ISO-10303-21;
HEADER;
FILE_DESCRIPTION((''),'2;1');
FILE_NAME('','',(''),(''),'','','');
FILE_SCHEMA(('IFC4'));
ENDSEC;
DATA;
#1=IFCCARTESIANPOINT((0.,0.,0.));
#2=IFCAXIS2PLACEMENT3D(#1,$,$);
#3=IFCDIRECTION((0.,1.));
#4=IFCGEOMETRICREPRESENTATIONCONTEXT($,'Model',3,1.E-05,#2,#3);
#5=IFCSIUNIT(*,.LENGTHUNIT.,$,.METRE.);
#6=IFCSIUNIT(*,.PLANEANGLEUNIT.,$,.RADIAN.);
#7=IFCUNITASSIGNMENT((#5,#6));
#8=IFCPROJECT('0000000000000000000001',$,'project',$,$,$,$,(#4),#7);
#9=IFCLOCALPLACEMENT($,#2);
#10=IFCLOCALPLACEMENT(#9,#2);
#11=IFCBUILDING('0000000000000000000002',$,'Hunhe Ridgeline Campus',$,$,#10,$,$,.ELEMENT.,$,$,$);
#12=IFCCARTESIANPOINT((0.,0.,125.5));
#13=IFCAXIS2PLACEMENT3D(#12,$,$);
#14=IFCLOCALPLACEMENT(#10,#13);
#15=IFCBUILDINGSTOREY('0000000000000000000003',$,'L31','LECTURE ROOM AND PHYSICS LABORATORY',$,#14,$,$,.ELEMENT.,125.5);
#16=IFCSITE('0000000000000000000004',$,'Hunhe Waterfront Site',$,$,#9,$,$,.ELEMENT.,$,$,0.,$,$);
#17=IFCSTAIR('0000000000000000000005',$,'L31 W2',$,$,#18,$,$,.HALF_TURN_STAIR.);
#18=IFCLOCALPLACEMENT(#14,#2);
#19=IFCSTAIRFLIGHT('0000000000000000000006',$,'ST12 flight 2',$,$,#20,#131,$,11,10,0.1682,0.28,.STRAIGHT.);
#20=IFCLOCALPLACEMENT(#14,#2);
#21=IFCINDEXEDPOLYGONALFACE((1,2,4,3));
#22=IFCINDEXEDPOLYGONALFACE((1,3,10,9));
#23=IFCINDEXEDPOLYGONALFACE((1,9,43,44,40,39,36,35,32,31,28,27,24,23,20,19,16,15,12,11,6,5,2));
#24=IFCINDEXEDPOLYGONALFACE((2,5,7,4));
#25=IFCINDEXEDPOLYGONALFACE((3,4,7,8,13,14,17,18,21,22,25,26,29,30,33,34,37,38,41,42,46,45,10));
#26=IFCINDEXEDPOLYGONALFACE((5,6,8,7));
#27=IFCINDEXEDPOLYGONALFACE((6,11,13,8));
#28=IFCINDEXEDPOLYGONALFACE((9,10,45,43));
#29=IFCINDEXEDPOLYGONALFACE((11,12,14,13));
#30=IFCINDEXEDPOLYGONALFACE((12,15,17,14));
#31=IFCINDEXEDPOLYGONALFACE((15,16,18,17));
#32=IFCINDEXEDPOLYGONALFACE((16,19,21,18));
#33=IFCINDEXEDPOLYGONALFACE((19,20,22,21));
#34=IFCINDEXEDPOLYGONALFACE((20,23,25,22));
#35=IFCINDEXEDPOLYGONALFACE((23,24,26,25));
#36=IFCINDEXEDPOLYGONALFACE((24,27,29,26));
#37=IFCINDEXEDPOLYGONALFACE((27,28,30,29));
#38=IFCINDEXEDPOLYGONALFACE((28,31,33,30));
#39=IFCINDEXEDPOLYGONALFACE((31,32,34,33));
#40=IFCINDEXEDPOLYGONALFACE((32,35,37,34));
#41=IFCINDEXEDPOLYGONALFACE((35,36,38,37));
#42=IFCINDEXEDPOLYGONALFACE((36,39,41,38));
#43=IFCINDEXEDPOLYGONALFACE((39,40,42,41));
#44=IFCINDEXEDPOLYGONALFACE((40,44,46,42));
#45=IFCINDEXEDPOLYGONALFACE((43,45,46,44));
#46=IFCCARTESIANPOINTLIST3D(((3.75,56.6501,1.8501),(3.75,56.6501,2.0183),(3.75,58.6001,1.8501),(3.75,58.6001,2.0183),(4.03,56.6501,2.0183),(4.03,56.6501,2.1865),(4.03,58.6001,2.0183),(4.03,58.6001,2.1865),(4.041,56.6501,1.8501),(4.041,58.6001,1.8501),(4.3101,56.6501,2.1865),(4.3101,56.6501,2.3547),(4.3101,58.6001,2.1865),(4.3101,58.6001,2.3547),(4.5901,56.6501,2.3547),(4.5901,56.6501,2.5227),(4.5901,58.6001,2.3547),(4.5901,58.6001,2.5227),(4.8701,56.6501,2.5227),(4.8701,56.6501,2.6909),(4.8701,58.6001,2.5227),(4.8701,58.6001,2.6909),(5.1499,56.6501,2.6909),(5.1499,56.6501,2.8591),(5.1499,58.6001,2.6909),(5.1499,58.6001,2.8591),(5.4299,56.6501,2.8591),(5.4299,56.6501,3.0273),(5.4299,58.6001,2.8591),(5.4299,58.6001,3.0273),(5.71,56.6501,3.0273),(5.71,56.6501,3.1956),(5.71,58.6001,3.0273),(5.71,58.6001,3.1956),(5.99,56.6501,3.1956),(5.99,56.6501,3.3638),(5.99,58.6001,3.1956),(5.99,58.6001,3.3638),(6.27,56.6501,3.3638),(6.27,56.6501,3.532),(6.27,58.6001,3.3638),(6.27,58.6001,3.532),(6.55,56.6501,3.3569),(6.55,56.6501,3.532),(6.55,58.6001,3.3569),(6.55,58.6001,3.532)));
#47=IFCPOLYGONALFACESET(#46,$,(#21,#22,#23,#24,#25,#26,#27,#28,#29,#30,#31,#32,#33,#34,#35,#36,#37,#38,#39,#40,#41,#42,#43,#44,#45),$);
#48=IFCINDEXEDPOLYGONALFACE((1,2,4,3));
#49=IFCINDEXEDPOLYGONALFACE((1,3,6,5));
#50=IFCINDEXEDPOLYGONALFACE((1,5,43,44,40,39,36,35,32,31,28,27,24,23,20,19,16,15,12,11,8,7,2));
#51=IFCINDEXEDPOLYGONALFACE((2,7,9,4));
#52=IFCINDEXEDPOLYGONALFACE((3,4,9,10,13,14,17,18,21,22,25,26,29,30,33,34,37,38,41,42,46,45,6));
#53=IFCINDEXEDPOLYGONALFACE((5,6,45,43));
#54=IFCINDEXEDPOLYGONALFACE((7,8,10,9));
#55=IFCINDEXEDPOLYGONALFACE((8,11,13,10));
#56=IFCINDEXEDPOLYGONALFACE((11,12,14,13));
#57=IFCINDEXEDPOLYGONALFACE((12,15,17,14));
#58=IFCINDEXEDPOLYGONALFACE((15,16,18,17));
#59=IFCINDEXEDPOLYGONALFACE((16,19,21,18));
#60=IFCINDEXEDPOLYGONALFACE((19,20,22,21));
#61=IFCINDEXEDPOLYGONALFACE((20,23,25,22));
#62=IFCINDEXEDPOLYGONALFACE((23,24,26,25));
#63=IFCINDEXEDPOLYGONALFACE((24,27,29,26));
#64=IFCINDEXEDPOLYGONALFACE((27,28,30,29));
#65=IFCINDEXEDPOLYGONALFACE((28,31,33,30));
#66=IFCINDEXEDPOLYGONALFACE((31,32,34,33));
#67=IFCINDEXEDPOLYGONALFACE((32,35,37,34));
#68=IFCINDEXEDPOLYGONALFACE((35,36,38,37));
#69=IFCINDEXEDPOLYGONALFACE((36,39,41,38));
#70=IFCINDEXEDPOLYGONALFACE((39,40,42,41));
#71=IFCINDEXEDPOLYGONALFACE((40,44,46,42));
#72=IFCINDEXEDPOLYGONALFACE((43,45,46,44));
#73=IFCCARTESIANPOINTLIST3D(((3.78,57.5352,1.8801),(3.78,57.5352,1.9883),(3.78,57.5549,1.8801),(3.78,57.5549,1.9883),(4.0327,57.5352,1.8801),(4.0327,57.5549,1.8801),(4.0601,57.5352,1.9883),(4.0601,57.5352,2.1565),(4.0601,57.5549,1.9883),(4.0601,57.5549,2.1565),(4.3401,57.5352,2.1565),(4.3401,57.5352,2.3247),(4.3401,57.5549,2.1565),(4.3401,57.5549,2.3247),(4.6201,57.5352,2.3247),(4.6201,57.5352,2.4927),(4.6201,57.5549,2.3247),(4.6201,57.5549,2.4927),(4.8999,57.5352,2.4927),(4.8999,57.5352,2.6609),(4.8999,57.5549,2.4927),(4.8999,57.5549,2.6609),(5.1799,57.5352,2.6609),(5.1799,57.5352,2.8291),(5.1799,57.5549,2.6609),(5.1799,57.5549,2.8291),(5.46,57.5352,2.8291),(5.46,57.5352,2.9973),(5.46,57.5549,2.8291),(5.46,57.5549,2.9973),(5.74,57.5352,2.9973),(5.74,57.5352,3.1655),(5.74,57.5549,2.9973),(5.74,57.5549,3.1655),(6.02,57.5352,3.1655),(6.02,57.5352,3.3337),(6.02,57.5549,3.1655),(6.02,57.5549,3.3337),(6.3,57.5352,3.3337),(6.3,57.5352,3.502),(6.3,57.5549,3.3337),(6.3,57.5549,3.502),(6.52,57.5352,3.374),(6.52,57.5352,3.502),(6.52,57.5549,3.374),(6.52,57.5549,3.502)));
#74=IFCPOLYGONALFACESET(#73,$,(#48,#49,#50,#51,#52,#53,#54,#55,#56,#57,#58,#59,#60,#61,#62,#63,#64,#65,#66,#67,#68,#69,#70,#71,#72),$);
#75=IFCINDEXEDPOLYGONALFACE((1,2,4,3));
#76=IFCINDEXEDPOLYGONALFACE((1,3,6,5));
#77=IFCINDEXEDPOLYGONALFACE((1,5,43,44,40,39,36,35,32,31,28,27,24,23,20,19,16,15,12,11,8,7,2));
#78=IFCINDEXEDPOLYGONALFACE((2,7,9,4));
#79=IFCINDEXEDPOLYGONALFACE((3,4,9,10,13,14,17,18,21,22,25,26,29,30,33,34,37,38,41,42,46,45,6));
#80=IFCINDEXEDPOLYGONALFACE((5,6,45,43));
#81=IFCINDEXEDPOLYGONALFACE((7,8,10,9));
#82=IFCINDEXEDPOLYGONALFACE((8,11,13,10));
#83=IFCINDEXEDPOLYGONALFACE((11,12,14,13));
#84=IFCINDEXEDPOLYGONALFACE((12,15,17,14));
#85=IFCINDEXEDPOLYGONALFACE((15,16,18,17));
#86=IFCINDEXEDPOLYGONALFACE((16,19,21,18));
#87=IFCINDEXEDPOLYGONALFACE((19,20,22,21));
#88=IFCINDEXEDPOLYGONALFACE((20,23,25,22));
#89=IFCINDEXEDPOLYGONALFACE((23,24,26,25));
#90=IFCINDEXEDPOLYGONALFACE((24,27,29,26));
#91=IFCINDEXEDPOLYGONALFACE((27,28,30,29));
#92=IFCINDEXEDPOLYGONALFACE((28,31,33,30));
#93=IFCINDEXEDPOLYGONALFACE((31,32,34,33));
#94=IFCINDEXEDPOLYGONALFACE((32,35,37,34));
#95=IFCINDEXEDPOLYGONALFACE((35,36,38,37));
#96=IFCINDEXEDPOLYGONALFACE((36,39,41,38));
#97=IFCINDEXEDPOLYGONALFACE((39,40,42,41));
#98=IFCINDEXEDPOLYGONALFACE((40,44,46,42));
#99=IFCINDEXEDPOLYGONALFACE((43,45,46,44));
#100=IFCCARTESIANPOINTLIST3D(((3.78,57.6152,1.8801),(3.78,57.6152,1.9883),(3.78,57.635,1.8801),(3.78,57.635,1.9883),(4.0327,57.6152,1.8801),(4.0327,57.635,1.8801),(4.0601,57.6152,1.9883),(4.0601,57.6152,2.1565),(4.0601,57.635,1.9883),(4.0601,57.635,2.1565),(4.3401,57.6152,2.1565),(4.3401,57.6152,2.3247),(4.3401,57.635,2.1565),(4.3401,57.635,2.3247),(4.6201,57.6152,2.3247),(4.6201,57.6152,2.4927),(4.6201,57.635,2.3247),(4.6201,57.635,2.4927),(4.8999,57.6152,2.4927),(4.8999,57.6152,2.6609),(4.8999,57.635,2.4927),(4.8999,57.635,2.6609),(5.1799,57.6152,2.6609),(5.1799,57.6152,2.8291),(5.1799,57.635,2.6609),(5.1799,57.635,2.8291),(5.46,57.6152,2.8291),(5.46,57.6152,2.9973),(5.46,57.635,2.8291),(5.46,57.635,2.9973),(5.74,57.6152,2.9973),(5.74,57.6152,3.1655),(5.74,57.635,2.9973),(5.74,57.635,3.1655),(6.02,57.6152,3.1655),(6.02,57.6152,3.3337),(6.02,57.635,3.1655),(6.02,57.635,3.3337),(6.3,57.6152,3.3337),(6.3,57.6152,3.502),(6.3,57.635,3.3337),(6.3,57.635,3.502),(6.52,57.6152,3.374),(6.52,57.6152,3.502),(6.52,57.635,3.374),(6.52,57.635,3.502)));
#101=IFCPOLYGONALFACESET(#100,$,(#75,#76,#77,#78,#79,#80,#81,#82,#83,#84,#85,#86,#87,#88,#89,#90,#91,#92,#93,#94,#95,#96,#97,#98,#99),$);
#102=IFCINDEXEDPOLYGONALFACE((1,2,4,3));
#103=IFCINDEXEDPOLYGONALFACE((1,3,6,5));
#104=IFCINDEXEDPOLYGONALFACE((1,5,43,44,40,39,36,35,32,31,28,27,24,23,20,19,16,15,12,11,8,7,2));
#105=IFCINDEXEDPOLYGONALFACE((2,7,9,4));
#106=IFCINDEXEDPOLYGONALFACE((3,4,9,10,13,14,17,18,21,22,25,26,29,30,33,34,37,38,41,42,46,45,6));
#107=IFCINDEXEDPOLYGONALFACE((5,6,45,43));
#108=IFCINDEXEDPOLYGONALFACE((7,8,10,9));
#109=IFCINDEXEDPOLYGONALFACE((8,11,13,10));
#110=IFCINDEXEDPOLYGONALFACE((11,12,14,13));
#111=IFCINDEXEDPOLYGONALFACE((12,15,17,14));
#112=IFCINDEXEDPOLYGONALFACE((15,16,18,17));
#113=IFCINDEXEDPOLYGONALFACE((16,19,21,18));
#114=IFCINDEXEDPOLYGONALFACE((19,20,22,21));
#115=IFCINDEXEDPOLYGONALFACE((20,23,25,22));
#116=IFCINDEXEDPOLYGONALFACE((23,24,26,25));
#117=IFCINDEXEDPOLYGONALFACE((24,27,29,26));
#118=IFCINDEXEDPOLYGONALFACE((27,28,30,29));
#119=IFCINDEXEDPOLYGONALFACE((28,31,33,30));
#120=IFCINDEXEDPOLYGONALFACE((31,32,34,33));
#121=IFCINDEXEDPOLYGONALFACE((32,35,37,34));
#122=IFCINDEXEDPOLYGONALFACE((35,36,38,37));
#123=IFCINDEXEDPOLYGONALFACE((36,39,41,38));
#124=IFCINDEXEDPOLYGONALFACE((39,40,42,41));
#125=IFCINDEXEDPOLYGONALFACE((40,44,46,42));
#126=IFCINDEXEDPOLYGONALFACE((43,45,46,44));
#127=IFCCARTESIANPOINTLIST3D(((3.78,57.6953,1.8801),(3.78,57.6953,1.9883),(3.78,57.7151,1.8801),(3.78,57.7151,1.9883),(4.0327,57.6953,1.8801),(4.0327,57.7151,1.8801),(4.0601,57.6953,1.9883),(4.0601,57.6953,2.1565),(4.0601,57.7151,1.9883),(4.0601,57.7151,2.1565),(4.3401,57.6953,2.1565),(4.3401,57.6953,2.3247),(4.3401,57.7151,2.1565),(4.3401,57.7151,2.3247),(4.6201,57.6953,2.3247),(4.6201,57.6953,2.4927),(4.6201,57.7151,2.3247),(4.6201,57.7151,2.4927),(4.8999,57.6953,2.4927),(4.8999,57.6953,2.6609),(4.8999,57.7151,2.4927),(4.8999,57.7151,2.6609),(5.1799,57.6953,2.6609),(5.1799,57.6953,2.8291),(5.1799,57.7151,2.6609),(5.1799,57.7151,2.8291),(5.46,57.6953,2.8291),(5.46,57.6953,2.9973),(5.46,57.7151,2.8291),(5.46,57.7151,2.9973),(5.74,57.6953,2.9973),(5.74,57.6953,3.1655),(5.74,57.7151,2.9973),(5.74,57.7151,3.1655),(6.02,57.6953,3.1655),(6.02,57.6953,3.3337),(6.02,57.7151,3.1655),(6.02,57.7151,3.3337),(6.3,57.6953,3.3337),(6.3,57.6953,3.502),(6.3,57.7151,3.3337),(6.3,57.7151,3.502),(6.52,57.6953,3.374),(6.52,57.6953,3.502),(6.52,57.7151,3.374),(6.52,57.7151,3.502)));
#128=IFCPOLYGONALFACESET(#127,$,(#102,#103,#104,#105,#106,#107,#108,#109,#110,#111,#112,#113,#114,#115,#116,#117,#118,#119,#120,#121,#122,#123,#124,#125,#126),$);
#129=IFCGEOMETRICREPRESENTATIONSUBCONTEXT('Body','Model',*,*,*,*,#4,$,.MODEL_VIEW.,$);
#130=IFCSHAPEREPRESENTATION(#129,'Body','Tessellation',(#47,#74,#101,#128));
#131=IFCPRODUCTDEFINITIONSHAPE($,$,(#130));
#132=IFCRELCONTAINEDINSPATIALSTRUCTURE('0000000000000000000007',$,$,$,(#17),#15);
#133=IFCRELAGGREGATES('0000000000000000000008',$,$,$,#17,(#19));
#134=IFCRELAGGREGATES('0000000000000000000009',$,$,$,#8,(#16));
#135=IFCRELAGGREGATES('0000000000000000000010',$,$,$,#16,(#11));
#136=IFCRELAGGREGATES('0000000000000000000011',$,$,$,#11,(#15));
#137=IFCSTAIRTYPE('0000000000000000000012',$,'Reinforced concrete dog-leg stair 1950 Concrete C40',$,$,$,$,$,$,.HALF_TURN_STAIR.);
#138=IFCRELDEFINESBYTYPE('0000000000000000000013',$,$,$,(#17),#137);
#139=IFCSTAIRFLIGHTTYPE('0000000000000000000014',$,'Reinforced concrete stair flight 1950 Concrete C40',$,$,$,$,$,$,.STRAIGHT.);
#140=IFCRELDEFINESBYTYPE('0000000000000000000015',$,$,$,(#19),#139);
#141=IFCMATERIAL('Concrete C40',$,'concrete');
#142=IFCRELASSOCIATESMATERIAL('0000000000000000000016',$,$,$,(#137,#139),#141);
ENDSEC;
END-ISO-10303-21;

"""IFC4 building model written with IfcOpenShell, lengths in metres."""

from ifc_helpers import new_model, si_unit, direction, frame, origin, place, context, subcontext, project, spatial, polyline, outline, extrude, material, type_object, element, aggregate, save


model = new_model("IFC4")

# Units and contexts
model_context = context("Model", 3, precision=1e-05, world=origin(), true_north=direction((0.0, 1.0)))
body_context = subcontext(model_context, "Body", "Model", "MODEL_VIEW")
ifc_project = project(units=[si_unit("LENGTHUNIT", "METRE"), si_unit("PLANEANGLEUNIT", "RADIAN")], contexts=[model_context])

# Site, building, storey
site_placement = place(None, origin())
site = spatial("IfcSite", under=ifc_project, at=site_placement, Name="Hunhe Waterfront Site", CompositionType="ELEMENT", RefElevation=0.0)
building_placement = place(site_placement, origin())
building = spatial("IfcBuilding", under=site, at=building_placement, Name="Hunhe Ridgeline Campus", CompositionType="ELEMENT")
storey_placement = place(building_placement, frame((0.0, 0.0, 125.5)))
storey = spatial("IfcBuildingStorey", under=building, at=storey_placement, Name="L31", Description="LECTURE ROOM AND PHYSICS LABORATORY", CompositionType="ELEMENT", Elevation=125.5)

# Stair, stair flight
ifc_material_1 = material(Name="Concrete C40", Category="concrete")
stair_type = type_object("IfcStairType", Name="Reinforced concrete dog-leg stair 1950 Concrete C40", PredefinedType="HALF_TURN_STAIR", material=ifc_material_1)
stair_placement = place(storey_placement, origin())
stair = element("IfcStair", 1, at=stair_placement, inside=storey, type_object=stair_type, Name="L31 W2", PredefinedType="HALF_TURN_STAIR")
stair_flight_type = type_object("IfcStairFlightType", Name="Reinforced concrete stair flight 1950 Concrete C40", PredefinedType="STRAIGHT", material=ifc_material_1)
stair_flight_1_placement = place(storey_placement, frame((3.75, 57.625, 1.8501), z_axis=(0.0, 0.0, 1.0), x_axis=(1.0, 0.0, 0.0)))
stair_flight_1 = element("IfcStairFlight", 2, at=stair_flight_1_placement, type_object=stair_flight_type, Name="ST12 flight 2", NumberOfRisers=11, NumberOfTreads=10, PredefinedType="STRAIGHT", RiserHeight=0.1682, TreadLength=0.28, context=body_context, shape_type="SweptSolid", body=[
    extrude(outline(polyline([(0.0, 0.0), (0.0, 0.1682), (0.28, 0.1682), (0.28, 0.3364), (0.5601, 0.3364), (0.5601, 0.5046), (0.8401, 0.5046), (0.8401, 0.6726), (1.1201, 0.6726), (1.1201, 0.8408), (1.3999, 0.8408), (1.3999, 1.009), (1.6799, 1.009), (1.6799, 1.1772), (1.96, 1.1772), (1.96, 1.3455), (2.24, 1.3455), (2.24, 1.5137), (2.52, 1.5137), (2.52, 1.6819), (2.8, 1.6819), (2.8, 1.8501), (2.8, 1.5068), (0.291, 0.0), (0.0, 0.0)])), frame((0.0, 0.9751, 0.0), z_axis=(0.0, -1.0, 0.0), x_axis=(1.0, 0.0, 0.0)), (0.0, 0.0, 1.0), 1.95),
    extrude(outline(polyline([(0.03, 0.03), (0.03, 0.1382), (0.3101, 0.1382), (0.3101, 0.3064), (0.5901, 0.3064), (0.5901, 0.4746), (0.8701, 0.4746), (0.8701, 0.6426), (1.1499, 0.6426), (1.1499, 0.8108), (1.4299, 0.8108), (1.4299, 0.979), (1.71, 0.979), (1.71, 1.1472), (1.99, 1.1472), (1.99, 1.3154), (2.27, 1.3154), (2.27, 1.4836), (2.55, 1.4836), (2.55, 1.6519), (2.77, 1.6519), (2.77, 1.5239), (0.2827, 0.03), (0.03, 0.03)])), frame((0.0, -0.0701, 0.0), z_axis=(0.0, -1.0, 0.0), x_axis=(1.0, 0.0, 0.0)), (0.0, 0.0, 1.0), 0.0198),
    extrude(outline(polyline([(0.03, 0.03), (0.03, 0.1382), (0.3101, 0.1382), (0.3101, 0.3064), (0.5901, 0.3064), (0.5901, 0.4746), (0.8701, 0.4746), (0.8701, 0.6426), (1.1499, 0.6426), (1.1499, 0.8108), (1.4299, 0.8108), (1.4299, 0.979), (1.71, 0.979), (1.71, 1.1472), (1.99, 1.1472), (1.99, 1.3154), (2.27, 1.3154), (2.27, 1.4836), (2.55, 1.4836), (2.55, 1.6519), (2.77, 1.6519), (2.77, 1.5239), (0.2827, 0.03), (0.03, 0.03)])), frame((0.0, 0.01, 0.0), z_axis=(0.0, -1.0, 0.0), x_axis=(1.0, 0.0, 0.0)), (0.0, 0.0, 1.0), 0.0198),
    extrude(outline(polyline([(0.03, 0.03), (0.03, 0.1382), (0.3101, 0.1382), (0.3101, 0.3064), (0.5901, 0.3064), (0.5901, 0.4746), (0.8701, 0.4746), (0.8701, 0.6426), (1.1499, 0.6426), (1.1499, 0.8108), (1.4299, 0.8108), (1.4299, 0.979), (1.71, 0.979), (1.71, 1.1472), (1.99, 1.1472), (1.99, 1.3154), (2.27, 1.3154), (2.27, 1.4836), (2.55, 1.4836), (2.55, 1.6519), (2.77, 1.6519), (2.77, 1.5239), (0.2827, 0.03), (0.03, 0.03)])), frame((0.0, 0.0901, 0.0), z_axis=(0.0, -1.0, 0.0), x_axis=(1.0, 0.0, 0.0)), (0.0, 0.0, 1.0), 0.0198),
])
aggregate(stair, [stair_flight_1])

save(model, "model.ifc")
